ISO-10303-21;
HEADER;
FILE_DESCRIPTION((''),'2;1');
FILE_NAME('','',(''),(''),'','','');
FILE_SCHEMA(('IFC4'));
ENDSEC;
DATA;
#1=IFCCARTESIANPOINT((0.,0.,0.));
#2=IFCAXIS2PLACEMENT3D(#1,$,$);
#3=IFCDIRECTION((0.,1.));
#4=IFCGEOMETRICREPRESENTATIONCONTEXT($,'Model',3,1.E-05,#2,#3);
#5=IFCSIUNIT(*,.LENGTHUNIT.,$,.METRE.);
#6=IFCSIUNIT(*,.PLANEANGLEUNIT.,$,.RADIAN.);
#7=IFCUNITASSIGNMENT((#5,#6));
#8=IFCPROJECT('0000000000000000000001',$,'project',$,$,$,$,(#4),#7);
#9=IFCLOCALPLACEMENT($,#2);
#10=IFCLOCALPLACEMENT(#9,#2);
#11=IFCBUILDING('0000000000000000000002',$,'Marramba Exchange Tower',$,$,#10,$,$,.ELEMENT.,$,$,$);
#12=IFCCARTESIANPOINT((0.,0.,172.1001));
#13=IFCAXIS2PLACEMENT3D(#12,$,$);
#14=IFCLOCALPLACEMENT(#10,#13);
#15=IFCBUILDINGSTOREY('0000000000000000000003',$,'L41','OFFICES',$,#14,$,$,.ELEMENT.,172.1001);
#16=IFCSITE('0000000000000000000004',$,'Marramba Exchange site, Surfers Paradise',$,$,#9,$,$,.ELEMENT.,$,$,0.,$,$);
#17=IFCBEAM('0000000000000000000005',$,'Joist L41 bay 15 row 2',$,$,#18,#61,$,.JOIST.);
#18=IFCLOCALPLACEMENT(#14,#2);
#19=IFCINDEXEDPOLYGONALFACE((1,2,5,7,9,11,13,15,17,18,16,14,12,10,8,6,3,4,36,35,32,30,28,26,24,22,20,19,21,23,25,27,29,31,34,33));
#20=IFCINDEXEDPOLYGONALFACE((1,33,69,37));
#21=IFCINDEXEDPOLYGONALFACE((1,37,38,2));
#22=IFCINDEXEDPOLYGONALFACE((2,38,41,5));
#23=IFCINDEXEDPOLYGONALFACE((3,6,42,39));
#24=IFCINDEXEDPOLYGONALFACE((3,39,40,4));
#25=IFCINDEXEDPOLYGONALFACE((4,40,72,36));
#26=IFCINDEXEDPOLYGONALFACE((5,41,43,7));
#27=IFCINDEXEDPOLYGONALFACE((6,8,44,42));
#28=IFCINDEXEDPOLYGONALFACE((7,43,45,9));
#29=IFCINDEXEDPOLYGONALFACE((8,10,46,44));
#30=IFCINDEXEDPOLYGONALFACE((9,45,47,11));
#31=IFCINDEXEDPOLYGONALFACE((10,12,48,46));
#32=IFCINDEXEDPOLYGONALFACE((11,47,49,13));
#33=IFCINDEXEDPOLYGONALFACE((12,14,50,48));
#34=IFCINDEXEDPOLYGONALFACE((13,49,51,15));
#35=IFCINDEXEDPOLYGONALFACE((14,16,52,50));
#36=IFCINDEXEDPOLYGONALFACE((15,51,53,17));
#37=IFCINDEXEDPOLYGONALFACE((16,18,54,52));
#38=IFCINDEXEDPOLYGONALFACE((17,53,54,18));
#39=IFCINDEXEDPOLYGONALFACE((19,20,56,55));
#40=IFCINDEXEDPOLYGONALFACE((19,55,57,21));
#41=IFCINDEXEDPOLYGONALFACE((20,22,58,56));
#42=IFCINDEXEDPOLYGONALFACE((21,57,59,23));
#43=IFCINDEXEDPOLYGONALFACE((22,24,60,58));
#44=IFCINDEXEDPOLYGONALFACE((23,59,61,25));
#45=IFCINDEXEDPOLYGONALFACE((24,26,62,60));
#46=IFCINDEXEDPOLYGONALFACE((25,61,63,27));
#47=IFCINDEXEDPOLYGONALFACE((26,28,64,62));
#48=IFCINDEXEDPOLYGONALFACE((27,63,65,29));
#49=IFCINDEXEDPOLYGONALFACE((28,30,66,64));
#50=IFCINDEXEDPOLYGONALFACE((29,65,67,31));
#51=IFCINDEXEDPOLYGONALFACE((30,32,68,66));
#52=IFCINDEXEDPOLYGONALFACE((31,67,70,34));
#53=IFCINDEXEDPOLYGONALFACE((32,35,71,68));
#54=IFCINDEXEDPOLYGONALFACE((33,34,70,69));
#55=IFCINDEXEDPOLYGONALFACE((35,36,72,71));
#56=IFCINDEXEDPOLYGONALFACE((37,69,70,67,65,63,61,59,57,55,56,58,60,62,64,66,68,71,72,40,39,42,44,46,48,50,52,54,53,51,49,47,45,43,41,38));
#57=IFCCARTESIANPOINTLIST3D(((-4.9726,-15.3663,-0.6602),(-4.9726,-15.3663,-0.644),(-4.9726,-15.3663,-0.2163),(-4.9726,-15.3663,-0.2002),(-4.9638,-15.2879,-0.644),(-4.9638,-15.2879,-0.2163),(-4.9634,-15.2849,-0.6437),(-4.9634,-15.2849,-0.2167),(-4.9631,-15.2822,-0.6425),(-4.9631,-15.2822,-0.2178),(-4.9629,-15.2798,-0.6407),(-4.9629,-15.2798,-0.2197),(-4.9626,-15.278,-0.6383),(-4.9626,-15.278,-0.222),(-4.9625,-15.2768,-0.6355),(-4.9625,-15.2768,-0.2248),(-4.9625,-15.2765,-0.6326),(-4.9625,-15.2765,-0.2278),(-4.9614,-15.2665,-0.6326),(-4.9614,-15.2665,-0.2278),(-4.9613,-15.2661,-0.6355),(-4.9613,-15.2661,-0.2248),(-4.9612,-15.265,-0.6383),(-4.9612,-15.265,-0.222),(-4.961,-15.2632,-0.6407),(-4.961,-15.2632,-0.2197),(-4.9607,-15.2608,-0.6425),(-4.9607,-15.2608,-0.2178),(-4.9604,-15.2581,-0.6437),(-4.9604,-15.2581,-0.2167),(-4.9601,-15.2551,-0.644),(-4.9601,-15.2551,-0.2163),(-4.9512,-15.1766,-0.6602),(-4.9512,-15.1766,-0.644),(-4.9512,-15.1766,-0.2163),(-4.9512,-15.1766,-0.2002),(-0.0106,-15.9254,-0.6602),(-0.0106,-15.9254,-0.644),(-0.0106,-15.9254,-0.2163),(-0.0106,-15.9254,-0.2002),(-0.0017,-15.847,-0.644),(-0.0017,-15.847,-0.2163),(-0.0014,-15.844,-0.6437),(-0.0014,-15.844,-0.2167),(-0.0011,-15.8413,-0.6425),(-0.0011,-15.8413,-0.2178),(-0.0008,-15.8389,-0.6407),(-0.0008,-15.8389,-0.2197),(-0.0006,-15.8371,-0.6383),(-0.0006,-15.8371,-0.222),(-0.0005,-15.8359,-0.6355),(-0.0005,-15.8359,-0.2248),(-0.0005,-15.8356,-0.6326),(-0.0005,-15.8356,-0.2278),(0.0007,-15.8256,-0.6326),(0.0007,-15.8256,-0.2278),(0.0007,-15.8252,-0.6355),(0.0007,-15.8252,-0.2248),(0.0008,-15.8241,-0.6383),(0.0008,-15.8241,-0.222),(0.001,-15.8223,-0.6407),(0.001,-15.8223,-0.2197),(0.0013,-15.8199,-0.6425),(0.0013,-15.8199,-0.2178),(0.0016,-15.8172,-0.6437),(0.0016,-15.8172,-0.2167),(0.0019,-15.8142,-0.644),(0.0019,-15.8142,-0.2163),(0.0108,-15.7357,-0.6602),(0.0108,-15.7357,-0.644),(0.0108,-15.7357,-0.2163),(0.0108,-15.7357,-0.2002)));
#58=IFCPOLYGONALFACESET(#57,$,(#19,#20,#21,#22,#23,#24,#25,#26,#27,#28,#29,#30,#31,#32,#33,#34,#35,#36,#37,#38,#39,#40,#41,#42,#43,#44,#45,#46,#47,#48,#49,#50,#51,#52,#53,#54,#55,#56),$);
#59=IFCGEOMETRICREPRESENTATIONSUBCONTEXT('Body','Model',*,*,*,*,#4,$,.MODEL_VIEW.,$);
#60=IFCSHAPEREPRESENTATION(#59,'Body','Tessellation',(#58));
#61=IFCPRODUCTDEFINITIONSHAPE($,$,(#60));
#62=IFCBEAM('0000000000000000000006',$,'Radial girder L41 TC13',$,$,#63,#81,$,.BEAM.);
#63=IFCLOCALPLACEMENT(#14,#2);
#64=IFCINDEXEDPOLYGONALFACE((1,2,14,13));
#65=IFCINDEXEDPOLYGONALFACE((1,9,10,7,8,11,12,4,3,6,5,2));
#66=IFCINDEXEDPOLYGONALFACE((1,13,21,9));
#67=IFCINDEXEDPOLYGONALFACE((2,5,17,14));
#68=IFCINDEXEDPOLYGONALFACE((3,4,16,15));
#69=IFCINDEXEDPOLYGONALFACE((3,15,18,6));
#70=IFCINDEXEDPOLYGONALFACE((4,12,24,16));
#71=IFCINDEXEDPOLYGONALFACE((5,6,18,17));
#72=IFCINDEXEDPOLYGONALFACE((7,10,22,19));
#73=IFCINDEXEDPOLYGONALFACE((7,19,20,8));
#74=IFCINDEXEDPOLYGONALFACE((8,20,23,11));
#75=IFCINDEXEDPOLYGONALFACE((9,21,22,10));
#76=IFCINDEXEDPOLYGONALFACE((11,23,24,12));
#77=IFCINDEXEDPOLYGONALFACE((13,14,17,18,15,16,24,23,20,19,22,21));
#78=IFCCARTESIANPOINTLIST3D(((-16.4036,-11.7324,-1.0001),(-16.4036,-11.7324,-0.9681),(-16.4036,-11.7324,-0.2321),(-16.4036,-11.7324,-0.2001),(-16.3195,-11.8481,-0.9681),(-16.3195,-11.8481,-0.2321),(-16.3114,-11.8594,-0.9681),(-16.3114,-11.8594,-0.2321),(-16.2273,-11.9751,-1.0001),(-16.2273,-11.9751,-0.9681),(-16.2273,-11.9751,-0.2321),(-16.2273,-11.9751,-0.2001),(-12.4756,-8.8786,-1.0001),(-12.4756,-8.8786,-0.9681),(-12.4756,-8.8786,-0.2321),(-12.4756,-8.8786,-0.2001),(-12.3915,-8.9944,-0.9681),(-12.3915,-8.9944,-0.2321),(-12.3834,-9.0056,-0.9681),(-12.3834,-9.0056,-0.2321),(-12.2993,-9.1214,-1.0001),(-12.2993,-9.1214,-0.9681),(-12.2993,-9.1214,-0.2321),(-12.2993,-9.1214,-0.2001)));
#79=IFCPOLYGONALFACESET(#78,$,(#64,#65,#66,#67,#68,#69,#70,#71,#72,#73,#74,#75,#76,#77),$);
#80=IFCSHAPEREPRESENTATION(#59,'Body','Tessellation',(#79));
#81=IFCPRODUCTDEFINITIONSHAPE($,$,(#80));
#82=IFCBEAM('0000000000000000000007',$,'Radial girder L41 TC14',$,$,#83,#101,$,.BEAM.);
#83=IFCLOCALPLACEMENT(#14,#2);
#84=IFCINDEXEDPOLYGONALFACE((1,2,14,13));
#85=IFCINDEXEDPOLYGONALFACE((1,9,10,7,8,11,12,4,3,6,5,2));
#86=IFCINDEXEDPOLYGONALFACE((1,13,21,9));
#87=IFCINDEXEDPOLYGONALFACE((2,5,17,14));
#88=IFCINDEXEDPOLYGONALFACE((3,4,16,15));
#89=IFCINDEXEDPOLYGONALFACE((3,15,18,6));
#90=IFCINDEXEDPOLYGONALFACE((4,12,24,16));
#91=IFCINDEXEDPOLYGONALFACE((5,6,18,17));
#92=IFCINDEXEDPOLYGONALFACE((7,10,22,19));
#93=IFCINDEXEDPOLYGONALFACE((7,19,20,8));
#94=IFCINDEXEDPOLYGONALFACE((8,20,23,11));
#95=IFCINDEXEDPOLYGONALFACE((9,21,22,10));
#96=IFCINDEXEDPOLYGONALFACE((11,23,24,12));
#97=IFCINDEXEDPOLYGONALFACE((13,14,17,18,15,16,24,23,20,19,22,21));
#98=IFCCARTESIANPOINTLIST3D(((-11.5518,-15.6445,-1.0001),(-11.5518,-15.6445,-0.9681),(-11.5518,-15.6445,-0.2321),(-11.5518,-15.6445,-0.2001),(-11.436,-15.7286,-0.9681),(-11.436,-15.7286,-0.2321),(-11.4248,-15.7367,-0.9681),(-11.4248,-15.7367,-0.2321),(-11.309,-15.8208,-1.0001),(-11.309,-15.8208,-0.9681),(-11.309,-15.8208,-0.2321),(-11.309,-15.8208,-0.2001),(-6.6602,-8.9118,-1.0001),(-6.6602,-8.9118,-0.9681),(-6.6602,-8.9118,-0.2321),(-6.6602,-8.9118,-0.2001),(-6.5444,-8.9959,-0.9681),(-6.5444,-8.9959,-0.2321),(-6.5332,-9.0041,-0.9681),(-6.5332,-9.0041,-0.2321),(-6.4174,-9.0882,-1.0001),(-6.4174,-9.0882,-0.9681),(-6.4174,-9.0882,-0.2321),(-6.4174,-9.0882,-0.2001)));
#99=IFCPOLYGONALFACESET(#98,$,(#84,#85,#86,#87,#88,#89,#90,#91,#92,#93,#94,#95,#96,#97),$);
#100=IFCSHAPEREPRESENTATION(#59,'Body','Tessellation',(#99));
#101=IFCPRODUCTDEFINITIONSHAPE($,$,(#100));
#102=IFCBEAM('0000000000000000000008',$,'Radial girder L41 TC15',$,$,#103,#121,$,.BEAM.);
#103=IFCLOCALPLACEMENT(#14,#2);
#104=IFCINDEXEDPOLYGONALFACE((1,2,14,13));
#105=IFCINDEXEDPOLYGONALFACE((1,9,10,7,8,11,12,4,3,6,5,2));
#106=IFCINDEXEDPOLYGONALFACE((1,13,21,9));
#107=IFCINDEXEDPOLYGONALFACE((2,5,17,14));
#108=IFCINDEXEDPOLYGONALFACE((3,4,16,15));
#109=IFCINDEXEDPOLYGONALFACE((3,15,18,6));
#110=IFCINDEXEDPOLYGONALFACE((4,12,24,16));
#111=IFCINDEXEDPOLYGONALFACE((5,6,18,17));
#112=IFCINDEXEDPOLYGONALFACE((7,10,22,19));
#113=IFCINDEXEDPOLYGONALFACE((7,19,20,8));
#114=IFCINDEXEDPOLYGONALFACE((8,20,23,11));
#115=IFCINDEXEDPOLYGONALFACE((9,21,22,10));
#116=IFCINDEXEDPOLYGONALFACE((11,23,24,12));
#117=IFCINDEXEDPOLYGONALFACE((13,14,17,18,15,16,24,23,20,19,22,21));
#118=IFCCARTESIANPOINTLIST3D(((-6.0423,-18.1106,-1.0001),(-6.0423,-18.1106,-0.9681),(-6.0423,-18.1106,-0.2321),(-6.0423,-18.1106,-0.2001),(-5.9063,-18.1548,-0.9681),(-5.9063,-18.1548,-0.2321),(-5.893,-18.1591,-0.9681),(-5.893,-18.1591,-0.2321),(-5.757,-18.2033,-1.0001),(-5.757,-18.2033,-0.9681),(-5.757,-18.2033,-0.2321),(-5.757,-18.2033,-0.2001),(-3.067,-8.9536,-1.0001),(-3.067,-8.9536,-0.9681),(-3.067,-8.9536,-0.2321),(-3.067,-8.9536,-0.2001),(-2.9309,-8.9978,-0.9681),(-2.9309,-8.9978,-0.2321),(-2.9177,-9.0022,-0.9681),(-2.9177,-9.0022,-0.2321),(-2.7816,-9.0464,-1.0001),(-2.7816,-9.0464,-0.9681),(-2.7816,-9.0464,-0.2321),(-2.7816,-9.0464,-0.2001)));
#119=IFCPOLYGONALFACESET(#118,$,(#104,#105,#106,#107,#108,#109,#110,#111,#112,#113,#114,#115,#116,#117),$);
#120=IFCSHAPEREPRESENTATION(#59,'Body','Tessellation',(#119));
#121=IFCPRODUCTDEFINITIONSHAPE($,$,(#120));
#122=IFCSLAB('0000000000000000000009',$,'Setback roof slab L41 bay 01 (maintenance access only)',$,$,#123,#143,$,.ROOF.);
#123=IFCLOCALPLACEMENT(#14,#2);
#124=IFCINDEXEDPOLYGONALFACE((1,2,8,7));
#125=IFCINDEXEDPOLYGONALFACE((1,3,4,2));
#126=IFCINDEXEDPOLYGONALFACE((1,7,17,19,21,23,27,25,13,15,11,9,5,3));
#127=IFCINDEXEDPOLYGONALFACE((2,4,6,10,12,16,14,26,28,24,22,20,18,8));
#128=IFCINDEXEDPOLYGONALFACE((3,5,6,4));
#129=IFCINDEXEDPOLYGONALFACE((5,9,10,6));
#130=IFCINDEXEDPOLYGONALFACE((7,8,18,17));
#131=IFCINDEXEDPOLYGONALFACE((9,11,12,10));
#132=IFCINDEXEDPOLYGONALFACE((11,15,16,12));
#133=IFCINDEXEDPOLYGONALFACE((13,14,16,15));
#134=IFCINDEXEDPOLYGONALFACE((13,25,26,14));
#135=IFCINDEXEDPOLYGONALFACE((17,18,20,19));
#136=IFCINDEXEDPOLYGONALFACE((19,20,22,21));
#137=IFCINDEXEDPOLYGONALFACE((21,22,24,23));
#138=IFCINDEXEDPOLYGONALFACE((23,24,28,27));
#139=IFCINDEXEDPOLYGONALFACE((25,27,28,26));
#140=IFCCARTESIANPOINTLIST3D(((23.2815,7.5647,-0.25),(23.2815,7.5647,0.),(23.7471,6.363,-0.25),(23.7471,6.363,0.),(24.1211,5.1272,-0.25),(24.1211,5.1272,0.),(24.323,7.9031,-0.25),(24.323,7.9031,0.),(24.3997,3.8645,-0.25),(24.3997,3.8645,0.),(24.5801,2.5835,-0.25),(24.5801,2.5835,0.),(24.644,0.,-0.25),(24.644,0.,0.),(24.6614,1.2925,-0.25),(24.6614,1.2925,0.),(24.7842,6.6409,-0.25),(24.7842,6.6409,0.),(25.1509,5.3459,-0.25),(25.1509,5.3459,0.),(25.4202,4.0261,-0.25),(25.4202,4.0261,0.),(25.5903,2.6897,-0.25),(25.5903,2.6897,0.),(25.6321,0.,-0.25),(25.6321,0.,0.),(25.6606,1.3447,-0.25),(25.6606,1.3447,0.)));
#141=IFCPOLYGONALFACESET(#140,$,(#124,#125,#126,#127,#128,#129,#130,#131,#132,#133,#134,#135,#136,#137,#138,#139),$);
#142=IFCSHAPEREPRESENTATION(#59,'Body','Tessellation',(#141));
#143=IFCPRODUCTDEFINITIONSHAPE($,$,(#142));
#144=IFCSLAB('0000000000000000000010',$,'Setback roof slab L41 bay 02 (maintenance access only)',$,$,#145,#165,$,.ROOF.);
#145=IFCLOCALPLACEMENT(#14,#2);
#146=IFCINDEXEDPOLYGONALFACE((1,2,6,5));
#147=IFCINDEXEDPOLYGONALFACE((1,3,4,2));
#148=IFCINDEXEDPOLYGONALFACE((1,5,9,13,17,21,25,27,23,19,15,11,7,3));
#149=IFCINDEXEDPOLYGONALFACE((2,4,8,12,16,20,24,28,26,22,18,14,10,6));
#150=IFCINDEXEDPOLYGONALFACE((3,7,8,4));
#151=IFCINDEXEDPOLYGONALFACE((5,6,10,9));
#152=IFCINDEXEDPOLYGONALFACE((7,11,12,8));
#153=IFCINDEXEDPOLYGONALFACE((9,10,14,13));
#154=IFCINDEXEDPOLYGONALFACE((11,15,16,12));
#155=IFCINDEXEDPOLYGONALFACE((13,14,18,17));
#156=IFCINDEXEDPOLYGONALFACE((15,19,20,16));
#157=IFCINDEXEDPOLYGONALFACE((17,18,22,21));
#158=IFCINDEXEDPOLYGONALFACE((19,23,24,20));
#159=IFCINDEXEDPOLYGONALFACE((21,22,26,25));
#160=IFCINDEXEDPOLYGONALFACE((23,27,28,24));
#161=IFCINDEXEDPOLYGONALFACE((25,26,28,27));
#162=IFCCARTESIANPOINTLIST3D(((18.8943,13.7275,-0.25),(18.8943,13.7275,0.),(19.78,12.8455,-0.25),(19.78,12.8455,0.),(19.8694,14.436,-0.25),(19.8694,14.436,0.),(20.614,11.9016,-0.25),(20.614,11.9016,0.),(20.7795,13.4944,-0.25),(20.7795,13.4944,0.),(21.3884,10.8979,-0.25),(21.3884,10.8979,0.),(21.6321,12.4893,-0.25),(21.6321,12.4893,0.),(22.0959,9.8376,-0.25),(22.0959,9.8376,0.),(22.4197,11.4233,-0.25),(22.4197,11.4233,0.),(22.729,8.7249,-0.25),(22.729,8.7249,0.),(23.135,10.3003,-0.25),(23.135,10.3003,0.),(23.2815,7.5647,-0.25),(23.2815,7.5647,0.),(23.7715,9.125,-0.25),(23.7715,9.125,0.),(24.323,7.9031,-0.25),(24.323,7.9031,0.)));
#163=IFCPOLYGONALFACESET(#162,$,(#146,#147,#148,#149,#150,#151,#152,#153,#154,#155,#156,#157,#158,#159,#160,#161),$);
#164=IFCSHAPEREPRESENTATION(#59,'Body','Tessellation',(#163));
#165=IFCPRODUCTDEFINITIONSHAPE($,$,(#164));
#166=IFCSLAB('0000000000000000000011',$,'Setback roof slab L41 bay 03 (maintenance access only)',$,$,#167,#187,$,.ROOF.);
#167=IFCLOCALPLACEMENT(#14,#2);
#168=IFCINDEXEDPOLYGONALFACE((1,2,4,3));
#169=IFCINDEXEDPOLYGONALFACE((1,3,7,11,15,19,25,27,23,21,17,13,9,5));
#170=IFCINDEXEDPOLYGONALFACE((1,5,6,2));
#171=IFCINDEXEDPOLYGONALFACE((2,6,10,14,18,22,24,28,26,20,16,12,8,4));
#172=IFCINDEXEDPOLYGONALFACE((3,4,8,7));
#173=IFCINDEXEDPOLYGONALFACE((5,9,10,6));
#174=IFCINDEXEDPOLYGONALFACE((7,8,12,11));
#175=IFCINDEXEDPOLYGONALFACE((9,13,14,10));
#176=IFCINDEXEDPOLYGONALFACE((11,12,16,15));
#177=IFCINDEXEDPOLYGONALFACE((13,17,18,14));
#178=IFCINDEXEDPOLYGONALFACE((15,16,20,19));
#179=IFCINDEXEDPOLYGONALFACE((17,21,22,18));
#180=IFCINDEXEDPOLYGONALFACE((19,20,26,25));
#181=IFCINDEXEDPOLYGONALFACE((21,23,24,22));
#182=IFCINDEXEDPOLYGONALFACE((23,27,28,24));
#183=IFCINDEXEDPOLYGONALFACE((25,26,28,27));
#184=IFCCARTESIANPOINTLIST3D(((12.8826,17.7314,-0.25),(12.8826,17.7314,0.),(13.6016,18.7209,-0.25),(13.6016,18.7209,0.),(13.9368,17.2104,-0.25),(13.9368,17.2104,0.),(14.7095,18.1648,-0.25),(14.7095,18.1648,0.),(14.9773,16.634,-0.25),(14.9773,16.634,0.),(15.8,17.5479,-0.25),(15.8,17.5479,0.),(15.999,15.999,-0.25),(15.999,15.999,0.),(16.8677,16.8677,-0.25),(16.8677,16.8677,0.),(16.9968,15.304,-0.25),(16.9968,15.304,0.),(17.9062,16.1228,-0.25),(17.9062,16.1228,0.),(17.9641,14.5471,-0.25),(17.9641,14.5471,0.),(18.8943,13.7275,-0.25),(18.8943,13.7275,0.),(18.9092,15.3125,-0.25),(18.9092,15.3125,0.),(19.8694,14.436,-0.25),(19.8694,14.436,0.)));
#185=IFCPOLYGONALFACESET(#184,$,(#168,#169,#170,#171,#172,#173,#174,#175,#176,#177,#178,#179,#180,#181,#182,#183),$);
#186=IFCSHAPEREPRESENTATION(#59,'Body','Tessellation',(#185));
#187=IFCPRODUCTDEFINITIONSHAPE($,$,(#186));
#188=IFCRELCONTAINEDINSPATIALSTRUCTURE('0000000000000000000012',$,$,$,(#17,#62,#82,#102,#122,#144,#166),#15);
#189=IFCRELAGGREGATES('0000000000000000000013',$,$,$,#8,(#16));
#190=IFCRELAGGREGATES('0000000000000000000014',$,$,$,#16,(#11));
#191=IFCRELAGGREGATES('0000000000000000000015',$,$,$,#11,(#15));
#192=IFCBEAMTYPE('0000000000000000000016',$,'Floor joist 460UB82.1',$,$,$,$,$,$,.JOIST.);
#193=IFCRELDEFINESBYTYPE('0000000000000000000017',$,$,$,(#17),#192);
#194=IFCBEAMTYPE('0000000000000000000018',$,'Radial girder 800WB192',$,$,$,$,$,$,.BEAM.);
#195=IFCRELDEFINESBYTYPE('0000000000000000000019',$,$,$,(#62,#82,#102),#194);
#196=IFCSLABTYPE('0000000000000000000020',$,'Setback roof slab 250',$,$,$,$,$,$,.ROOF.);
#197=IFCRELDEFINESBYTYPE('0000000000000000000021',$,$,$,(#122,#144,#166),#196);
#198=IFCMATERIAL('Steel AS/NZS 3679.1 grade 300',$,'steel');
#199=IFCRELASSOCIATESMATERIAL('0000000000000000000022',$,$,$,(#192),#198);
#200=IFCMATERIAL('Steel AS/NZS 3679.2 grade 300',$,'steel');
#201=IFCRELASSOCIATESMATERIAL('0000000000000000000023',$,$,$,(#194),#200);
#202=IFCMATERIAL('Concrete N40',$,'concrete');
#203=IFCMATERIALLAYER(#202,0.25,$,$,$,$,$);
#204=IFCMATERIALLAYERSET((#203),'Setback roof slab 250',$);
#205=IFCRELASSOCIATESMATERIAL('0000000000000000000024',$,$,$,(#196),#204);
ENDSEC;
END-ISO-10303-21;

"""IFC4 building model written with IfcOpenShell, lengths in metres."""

from ifc_helpers import new_model, si_unit, direction, frame, origin, origin_2d, place, context, subcontext, project, spatial, polyline, i_section, outline, extrude, material, layer, layer_set, material_profile, profile_set, type_object, element, save


model = new_model("IFC4")

# Units and contexts
model_context = context("Model", 3, precision=1e-05, world=origin(), true_north=direction((0.0, 1.0)))
body_context = subcontext(model_context, "Body", "Model", "MODEL_VIEW")
ifc_project = project(units=[si_unit("LENGTHUNIT", "METRE"), si_unit("PLANEANGLEUNIT", "RADIAN")], contexts=[model_context])

# Site, building, storey
site_placement = place(None, origin())
site = spatial("IfcSite", under=ifc_project, at=site_placement, Name="Marramba Exchange site, Surfers Paradise", CompositionType="ELEMENT", RefElevation=0.0)
building_placement = place(site_placement, origin())
building = spatial("IfcBuilding", under=site, at=building_placement, Name="Marramba Exchange Tower", CompositionType="ELEMENT")
storey_placement = place(building_placement, frame((0.0, 0.0, 172.1001)))
storey = spatial("IfcBuildingStorey", under=building, at=storey_placement, Name="L41", Description="OFFICES", CompositionType="ELEMENT", Elevation=172.1001)

# Beams
ifc_material_1 = material(Name="Steel AS/NZS 3679.2 grade 300", Category="steel")
ifc_material_2 = material(Name="Steel AS/NZS 3679.1 grade 300", Category="steel")
ifc_material_profile_1 = material_profile(ifc_material_2, i_section(OverallWidth=0.1909, OverallDepth=0.46, WebThickness=0.01, FlangeThickness=0.0161, FilletRadius=0.0115, at=origin_2d()), Name="460UB82.1")
ifc_profile_set_1 = profile_set([ifc_material_profile_1], Name="Steel AS/NZS 3679.1 grade 300")
beam_type_1 = type_object("IfcBeamType", Name="Floor joist 460UB82.1", PredefinedType="JOIST", material=ifc_profile_set_1)
beam_1_placement = place(storey_placement, frame((-4.9619, -15.2715, -0.4302), z_axis=(0.993712, -0.111966, 0.0), x_axis=(0.111966, 0.993712, 0.0)))
element("IfcBeam", 1, at=beam_1_placement, inside=storey, type_object=beam_type_1, Name="Joist L41 bay 15 row 2", PredefinedType="JOIST", context=body_context, shape_type="SweptSolid", body=[
    extrude(i_section(OverallWidth=0.1909, OverallDepth=0.46, WebThickness=0.01, FlangeThickness=0.0161, FilletRadius=0.0115, at=origin_2d()), origin(), (0.0, 0.0, 1.0), 4.9934),
])
ifc_material_profile_2 = material_profile(ifc_material_1, i_section(OverallWidth=0.3, OverallDepth=0.8, WebThickness=0.0139, FlangeThickness=0.032, at=origin_2d()), Name="800WB192")
ifc_profile_set_2 = profile_set([ifc_material_profile_2], Name="Steel AS/NZS 3679.2 grade 300")
beam_type_2 = type_object("IfcBeamType", Name="Radial girder 800WB192", PredefinedType="BEAM", material=ifc_profile_set_2)
beam_2_placement = place(storey_placement, frame((-12.3875, -9.0, -0.6001), z_axis=(-0.809025, -0.587774, 0.0), x_axis=(0.587774, -0.809025, 0.0)))
element("IfcBeam", 2, at=beam_2_placement, inside=storey, type_object=beam_type_2, Name="Radial girder L41 TC13", PredefinedType="BEAM", context=body_context, shape_type="SweptSolid", body=[
    extrude(i_section(OverallWidth=0.3, OverallDepth=0.8, WebThickness=0.0139, FlangeThickness=0.032, at=origin_2d()), origin(), (0.0, 0.0, 1.0), 4.8552),
])
beam_3_placement = place(storey_placement, frame((-6.5388, -9.0, -0.6001), z_axis=(-0.587788, -0.809015, 0.0), x_axis=(0.809015, -0.587788, 0.0)))
element("IfcBeam", 3, at=beam_3_placement, inside=storey, type_object=beam_type_2, Name="Radial girder L41 TC14", PredefinedType="BEAM", context=body_context, shape_type="SweptSolid", body=[
    extrude(i_section(OverallWidth=0.3, OverallDepth=0.8, WebThickness=0.0139, FlangeThickness=0.032, at=origin_2d()), origin(), (0.0, 0.0, 1.0), 8.322),
])
beam_4_placement = place(storey_placement, frame((-2.9243, -9.0, -0.6001), z_axis=(-0.309022, -0.951055, 0.0), x_axis=(0.951055, -0.309022, 0.0)))
element("IfcBeam", 4, at=beam_4_placement, inside=storey, type_object=beam_type_2, Name="Radial girder L41 TC15", PredefinedType="BEAM", context=body_context, shape_type="SweptSolid", body=[
    extrude(i_section(OverallWidth=0.3, OverallDepth=0.8, WebThickness=0.0139, FlangeThickness=0.032, at=origin_2d()), origin(), (0.0, 0.0, 1.0), 9.6282),
])

# Slabs
ifc_material_3 = material(Name="Concrete N40", Category="concrete")
ifc_layer_1 = layer(ifc_material_3, 0.25)
ifc_layer_set_1 = layer_set([ifc_layer_1], Name="Setback roof slab 250")
slab_type_1 = type_object("IfcSlabType", Name="Setback roof slab 250", PredefinedType="ROOF", material=ifc_layer_set_1)
slab_1_placement = place(storey_placement, frame((0.0, 0.0, -0.25)))
element("IfcSlab", 5, at=slab_1_placement, inside=storey, type_object=slab_type_1, Name="Setback roof slab L41 bay 01 (maintenance access only)", PredefinedType="ROOF", context=body_context, shape_type="SweptSolid", body=[
    extrude(outline(polyline([(24.323, 7.9031), (24.7842, 6.6409), (25.1509, 5.3459), (25.4202, 4.0261), (25.5903, 2.6897), (25.6606, 1.3447), (25.6321, 0.0), (24.644, 0.0), (24.6614, 1.2925), (24.5801, 2.5835), (24.3997, 3.8645), (24.1211, 5.1272), (23.7471, 6.363), (23.2815, 7.5647), (24.323, 7.9031)])), origin(), (0.0, 0.0, 1.0), 0.25),
])
slab_2_placement = place(storey_placement, frame((0.0, 0.0, -0.25)))
element("IfcSlab", 6, at=slab_2_placement, inside=storey, type_object=slab_type_1, Name="Setback roof slab L41 bay 02 (maintenance access only)", PredefinedType="ROOF", context=body_context, shape_type="SweptSolid", body=[
    extrude(outline(polyline([(20.7795, 13.4944), (21.6321, 12.4893), (22.4197, 11.4233), (23.135, 10.3003), (23.7715, 9.125), (24.323, 7.9031), (23.2815, 7.5647), (22.729, 8.7249), (22.0959, 9.8376), (21.3884, 10.8979), (20.614, 11.9016), (19.78, 12.8455), (18.8943, 13.7275), (19.8694, 14.436), (20.7795, 13.4944)])), origin(), (0.0, 0.0, 1.0), 0.25),
])
slab_3_placement = place(storey_placement, frame((0.0, 0.0, -0.25)))
element("IfcSlab", 7, at=slab_3_placement, inside=storey, type_object=slab_type_1, Name="Setback roof slab L41 bay 03 (maintenance access only)", PredefinedType="ROOF", context=body_context, shape_type="SweptSolid", body=[
    extrude(outline(polyline([(14.7095, 18.1648), (15.8, 17.5479), (16.8677, 16.8677), (17.9062, 16.1228), (18.9092, 15.3125), (19.8694, 14.436), (18.8943, 13.7275), (17.9641, 14.5471), (16.9968, 15.304), (15.999, 15.999), (14.9773, 16.634), (13.9368, 17.2104), (12.8826, 17.7314), (13.6016, 18.7209), (14.7095, 18.1648)])), origin(), (0.0, 0.0, 1.0), 0.25),
])

save(model, "model.ifc")
